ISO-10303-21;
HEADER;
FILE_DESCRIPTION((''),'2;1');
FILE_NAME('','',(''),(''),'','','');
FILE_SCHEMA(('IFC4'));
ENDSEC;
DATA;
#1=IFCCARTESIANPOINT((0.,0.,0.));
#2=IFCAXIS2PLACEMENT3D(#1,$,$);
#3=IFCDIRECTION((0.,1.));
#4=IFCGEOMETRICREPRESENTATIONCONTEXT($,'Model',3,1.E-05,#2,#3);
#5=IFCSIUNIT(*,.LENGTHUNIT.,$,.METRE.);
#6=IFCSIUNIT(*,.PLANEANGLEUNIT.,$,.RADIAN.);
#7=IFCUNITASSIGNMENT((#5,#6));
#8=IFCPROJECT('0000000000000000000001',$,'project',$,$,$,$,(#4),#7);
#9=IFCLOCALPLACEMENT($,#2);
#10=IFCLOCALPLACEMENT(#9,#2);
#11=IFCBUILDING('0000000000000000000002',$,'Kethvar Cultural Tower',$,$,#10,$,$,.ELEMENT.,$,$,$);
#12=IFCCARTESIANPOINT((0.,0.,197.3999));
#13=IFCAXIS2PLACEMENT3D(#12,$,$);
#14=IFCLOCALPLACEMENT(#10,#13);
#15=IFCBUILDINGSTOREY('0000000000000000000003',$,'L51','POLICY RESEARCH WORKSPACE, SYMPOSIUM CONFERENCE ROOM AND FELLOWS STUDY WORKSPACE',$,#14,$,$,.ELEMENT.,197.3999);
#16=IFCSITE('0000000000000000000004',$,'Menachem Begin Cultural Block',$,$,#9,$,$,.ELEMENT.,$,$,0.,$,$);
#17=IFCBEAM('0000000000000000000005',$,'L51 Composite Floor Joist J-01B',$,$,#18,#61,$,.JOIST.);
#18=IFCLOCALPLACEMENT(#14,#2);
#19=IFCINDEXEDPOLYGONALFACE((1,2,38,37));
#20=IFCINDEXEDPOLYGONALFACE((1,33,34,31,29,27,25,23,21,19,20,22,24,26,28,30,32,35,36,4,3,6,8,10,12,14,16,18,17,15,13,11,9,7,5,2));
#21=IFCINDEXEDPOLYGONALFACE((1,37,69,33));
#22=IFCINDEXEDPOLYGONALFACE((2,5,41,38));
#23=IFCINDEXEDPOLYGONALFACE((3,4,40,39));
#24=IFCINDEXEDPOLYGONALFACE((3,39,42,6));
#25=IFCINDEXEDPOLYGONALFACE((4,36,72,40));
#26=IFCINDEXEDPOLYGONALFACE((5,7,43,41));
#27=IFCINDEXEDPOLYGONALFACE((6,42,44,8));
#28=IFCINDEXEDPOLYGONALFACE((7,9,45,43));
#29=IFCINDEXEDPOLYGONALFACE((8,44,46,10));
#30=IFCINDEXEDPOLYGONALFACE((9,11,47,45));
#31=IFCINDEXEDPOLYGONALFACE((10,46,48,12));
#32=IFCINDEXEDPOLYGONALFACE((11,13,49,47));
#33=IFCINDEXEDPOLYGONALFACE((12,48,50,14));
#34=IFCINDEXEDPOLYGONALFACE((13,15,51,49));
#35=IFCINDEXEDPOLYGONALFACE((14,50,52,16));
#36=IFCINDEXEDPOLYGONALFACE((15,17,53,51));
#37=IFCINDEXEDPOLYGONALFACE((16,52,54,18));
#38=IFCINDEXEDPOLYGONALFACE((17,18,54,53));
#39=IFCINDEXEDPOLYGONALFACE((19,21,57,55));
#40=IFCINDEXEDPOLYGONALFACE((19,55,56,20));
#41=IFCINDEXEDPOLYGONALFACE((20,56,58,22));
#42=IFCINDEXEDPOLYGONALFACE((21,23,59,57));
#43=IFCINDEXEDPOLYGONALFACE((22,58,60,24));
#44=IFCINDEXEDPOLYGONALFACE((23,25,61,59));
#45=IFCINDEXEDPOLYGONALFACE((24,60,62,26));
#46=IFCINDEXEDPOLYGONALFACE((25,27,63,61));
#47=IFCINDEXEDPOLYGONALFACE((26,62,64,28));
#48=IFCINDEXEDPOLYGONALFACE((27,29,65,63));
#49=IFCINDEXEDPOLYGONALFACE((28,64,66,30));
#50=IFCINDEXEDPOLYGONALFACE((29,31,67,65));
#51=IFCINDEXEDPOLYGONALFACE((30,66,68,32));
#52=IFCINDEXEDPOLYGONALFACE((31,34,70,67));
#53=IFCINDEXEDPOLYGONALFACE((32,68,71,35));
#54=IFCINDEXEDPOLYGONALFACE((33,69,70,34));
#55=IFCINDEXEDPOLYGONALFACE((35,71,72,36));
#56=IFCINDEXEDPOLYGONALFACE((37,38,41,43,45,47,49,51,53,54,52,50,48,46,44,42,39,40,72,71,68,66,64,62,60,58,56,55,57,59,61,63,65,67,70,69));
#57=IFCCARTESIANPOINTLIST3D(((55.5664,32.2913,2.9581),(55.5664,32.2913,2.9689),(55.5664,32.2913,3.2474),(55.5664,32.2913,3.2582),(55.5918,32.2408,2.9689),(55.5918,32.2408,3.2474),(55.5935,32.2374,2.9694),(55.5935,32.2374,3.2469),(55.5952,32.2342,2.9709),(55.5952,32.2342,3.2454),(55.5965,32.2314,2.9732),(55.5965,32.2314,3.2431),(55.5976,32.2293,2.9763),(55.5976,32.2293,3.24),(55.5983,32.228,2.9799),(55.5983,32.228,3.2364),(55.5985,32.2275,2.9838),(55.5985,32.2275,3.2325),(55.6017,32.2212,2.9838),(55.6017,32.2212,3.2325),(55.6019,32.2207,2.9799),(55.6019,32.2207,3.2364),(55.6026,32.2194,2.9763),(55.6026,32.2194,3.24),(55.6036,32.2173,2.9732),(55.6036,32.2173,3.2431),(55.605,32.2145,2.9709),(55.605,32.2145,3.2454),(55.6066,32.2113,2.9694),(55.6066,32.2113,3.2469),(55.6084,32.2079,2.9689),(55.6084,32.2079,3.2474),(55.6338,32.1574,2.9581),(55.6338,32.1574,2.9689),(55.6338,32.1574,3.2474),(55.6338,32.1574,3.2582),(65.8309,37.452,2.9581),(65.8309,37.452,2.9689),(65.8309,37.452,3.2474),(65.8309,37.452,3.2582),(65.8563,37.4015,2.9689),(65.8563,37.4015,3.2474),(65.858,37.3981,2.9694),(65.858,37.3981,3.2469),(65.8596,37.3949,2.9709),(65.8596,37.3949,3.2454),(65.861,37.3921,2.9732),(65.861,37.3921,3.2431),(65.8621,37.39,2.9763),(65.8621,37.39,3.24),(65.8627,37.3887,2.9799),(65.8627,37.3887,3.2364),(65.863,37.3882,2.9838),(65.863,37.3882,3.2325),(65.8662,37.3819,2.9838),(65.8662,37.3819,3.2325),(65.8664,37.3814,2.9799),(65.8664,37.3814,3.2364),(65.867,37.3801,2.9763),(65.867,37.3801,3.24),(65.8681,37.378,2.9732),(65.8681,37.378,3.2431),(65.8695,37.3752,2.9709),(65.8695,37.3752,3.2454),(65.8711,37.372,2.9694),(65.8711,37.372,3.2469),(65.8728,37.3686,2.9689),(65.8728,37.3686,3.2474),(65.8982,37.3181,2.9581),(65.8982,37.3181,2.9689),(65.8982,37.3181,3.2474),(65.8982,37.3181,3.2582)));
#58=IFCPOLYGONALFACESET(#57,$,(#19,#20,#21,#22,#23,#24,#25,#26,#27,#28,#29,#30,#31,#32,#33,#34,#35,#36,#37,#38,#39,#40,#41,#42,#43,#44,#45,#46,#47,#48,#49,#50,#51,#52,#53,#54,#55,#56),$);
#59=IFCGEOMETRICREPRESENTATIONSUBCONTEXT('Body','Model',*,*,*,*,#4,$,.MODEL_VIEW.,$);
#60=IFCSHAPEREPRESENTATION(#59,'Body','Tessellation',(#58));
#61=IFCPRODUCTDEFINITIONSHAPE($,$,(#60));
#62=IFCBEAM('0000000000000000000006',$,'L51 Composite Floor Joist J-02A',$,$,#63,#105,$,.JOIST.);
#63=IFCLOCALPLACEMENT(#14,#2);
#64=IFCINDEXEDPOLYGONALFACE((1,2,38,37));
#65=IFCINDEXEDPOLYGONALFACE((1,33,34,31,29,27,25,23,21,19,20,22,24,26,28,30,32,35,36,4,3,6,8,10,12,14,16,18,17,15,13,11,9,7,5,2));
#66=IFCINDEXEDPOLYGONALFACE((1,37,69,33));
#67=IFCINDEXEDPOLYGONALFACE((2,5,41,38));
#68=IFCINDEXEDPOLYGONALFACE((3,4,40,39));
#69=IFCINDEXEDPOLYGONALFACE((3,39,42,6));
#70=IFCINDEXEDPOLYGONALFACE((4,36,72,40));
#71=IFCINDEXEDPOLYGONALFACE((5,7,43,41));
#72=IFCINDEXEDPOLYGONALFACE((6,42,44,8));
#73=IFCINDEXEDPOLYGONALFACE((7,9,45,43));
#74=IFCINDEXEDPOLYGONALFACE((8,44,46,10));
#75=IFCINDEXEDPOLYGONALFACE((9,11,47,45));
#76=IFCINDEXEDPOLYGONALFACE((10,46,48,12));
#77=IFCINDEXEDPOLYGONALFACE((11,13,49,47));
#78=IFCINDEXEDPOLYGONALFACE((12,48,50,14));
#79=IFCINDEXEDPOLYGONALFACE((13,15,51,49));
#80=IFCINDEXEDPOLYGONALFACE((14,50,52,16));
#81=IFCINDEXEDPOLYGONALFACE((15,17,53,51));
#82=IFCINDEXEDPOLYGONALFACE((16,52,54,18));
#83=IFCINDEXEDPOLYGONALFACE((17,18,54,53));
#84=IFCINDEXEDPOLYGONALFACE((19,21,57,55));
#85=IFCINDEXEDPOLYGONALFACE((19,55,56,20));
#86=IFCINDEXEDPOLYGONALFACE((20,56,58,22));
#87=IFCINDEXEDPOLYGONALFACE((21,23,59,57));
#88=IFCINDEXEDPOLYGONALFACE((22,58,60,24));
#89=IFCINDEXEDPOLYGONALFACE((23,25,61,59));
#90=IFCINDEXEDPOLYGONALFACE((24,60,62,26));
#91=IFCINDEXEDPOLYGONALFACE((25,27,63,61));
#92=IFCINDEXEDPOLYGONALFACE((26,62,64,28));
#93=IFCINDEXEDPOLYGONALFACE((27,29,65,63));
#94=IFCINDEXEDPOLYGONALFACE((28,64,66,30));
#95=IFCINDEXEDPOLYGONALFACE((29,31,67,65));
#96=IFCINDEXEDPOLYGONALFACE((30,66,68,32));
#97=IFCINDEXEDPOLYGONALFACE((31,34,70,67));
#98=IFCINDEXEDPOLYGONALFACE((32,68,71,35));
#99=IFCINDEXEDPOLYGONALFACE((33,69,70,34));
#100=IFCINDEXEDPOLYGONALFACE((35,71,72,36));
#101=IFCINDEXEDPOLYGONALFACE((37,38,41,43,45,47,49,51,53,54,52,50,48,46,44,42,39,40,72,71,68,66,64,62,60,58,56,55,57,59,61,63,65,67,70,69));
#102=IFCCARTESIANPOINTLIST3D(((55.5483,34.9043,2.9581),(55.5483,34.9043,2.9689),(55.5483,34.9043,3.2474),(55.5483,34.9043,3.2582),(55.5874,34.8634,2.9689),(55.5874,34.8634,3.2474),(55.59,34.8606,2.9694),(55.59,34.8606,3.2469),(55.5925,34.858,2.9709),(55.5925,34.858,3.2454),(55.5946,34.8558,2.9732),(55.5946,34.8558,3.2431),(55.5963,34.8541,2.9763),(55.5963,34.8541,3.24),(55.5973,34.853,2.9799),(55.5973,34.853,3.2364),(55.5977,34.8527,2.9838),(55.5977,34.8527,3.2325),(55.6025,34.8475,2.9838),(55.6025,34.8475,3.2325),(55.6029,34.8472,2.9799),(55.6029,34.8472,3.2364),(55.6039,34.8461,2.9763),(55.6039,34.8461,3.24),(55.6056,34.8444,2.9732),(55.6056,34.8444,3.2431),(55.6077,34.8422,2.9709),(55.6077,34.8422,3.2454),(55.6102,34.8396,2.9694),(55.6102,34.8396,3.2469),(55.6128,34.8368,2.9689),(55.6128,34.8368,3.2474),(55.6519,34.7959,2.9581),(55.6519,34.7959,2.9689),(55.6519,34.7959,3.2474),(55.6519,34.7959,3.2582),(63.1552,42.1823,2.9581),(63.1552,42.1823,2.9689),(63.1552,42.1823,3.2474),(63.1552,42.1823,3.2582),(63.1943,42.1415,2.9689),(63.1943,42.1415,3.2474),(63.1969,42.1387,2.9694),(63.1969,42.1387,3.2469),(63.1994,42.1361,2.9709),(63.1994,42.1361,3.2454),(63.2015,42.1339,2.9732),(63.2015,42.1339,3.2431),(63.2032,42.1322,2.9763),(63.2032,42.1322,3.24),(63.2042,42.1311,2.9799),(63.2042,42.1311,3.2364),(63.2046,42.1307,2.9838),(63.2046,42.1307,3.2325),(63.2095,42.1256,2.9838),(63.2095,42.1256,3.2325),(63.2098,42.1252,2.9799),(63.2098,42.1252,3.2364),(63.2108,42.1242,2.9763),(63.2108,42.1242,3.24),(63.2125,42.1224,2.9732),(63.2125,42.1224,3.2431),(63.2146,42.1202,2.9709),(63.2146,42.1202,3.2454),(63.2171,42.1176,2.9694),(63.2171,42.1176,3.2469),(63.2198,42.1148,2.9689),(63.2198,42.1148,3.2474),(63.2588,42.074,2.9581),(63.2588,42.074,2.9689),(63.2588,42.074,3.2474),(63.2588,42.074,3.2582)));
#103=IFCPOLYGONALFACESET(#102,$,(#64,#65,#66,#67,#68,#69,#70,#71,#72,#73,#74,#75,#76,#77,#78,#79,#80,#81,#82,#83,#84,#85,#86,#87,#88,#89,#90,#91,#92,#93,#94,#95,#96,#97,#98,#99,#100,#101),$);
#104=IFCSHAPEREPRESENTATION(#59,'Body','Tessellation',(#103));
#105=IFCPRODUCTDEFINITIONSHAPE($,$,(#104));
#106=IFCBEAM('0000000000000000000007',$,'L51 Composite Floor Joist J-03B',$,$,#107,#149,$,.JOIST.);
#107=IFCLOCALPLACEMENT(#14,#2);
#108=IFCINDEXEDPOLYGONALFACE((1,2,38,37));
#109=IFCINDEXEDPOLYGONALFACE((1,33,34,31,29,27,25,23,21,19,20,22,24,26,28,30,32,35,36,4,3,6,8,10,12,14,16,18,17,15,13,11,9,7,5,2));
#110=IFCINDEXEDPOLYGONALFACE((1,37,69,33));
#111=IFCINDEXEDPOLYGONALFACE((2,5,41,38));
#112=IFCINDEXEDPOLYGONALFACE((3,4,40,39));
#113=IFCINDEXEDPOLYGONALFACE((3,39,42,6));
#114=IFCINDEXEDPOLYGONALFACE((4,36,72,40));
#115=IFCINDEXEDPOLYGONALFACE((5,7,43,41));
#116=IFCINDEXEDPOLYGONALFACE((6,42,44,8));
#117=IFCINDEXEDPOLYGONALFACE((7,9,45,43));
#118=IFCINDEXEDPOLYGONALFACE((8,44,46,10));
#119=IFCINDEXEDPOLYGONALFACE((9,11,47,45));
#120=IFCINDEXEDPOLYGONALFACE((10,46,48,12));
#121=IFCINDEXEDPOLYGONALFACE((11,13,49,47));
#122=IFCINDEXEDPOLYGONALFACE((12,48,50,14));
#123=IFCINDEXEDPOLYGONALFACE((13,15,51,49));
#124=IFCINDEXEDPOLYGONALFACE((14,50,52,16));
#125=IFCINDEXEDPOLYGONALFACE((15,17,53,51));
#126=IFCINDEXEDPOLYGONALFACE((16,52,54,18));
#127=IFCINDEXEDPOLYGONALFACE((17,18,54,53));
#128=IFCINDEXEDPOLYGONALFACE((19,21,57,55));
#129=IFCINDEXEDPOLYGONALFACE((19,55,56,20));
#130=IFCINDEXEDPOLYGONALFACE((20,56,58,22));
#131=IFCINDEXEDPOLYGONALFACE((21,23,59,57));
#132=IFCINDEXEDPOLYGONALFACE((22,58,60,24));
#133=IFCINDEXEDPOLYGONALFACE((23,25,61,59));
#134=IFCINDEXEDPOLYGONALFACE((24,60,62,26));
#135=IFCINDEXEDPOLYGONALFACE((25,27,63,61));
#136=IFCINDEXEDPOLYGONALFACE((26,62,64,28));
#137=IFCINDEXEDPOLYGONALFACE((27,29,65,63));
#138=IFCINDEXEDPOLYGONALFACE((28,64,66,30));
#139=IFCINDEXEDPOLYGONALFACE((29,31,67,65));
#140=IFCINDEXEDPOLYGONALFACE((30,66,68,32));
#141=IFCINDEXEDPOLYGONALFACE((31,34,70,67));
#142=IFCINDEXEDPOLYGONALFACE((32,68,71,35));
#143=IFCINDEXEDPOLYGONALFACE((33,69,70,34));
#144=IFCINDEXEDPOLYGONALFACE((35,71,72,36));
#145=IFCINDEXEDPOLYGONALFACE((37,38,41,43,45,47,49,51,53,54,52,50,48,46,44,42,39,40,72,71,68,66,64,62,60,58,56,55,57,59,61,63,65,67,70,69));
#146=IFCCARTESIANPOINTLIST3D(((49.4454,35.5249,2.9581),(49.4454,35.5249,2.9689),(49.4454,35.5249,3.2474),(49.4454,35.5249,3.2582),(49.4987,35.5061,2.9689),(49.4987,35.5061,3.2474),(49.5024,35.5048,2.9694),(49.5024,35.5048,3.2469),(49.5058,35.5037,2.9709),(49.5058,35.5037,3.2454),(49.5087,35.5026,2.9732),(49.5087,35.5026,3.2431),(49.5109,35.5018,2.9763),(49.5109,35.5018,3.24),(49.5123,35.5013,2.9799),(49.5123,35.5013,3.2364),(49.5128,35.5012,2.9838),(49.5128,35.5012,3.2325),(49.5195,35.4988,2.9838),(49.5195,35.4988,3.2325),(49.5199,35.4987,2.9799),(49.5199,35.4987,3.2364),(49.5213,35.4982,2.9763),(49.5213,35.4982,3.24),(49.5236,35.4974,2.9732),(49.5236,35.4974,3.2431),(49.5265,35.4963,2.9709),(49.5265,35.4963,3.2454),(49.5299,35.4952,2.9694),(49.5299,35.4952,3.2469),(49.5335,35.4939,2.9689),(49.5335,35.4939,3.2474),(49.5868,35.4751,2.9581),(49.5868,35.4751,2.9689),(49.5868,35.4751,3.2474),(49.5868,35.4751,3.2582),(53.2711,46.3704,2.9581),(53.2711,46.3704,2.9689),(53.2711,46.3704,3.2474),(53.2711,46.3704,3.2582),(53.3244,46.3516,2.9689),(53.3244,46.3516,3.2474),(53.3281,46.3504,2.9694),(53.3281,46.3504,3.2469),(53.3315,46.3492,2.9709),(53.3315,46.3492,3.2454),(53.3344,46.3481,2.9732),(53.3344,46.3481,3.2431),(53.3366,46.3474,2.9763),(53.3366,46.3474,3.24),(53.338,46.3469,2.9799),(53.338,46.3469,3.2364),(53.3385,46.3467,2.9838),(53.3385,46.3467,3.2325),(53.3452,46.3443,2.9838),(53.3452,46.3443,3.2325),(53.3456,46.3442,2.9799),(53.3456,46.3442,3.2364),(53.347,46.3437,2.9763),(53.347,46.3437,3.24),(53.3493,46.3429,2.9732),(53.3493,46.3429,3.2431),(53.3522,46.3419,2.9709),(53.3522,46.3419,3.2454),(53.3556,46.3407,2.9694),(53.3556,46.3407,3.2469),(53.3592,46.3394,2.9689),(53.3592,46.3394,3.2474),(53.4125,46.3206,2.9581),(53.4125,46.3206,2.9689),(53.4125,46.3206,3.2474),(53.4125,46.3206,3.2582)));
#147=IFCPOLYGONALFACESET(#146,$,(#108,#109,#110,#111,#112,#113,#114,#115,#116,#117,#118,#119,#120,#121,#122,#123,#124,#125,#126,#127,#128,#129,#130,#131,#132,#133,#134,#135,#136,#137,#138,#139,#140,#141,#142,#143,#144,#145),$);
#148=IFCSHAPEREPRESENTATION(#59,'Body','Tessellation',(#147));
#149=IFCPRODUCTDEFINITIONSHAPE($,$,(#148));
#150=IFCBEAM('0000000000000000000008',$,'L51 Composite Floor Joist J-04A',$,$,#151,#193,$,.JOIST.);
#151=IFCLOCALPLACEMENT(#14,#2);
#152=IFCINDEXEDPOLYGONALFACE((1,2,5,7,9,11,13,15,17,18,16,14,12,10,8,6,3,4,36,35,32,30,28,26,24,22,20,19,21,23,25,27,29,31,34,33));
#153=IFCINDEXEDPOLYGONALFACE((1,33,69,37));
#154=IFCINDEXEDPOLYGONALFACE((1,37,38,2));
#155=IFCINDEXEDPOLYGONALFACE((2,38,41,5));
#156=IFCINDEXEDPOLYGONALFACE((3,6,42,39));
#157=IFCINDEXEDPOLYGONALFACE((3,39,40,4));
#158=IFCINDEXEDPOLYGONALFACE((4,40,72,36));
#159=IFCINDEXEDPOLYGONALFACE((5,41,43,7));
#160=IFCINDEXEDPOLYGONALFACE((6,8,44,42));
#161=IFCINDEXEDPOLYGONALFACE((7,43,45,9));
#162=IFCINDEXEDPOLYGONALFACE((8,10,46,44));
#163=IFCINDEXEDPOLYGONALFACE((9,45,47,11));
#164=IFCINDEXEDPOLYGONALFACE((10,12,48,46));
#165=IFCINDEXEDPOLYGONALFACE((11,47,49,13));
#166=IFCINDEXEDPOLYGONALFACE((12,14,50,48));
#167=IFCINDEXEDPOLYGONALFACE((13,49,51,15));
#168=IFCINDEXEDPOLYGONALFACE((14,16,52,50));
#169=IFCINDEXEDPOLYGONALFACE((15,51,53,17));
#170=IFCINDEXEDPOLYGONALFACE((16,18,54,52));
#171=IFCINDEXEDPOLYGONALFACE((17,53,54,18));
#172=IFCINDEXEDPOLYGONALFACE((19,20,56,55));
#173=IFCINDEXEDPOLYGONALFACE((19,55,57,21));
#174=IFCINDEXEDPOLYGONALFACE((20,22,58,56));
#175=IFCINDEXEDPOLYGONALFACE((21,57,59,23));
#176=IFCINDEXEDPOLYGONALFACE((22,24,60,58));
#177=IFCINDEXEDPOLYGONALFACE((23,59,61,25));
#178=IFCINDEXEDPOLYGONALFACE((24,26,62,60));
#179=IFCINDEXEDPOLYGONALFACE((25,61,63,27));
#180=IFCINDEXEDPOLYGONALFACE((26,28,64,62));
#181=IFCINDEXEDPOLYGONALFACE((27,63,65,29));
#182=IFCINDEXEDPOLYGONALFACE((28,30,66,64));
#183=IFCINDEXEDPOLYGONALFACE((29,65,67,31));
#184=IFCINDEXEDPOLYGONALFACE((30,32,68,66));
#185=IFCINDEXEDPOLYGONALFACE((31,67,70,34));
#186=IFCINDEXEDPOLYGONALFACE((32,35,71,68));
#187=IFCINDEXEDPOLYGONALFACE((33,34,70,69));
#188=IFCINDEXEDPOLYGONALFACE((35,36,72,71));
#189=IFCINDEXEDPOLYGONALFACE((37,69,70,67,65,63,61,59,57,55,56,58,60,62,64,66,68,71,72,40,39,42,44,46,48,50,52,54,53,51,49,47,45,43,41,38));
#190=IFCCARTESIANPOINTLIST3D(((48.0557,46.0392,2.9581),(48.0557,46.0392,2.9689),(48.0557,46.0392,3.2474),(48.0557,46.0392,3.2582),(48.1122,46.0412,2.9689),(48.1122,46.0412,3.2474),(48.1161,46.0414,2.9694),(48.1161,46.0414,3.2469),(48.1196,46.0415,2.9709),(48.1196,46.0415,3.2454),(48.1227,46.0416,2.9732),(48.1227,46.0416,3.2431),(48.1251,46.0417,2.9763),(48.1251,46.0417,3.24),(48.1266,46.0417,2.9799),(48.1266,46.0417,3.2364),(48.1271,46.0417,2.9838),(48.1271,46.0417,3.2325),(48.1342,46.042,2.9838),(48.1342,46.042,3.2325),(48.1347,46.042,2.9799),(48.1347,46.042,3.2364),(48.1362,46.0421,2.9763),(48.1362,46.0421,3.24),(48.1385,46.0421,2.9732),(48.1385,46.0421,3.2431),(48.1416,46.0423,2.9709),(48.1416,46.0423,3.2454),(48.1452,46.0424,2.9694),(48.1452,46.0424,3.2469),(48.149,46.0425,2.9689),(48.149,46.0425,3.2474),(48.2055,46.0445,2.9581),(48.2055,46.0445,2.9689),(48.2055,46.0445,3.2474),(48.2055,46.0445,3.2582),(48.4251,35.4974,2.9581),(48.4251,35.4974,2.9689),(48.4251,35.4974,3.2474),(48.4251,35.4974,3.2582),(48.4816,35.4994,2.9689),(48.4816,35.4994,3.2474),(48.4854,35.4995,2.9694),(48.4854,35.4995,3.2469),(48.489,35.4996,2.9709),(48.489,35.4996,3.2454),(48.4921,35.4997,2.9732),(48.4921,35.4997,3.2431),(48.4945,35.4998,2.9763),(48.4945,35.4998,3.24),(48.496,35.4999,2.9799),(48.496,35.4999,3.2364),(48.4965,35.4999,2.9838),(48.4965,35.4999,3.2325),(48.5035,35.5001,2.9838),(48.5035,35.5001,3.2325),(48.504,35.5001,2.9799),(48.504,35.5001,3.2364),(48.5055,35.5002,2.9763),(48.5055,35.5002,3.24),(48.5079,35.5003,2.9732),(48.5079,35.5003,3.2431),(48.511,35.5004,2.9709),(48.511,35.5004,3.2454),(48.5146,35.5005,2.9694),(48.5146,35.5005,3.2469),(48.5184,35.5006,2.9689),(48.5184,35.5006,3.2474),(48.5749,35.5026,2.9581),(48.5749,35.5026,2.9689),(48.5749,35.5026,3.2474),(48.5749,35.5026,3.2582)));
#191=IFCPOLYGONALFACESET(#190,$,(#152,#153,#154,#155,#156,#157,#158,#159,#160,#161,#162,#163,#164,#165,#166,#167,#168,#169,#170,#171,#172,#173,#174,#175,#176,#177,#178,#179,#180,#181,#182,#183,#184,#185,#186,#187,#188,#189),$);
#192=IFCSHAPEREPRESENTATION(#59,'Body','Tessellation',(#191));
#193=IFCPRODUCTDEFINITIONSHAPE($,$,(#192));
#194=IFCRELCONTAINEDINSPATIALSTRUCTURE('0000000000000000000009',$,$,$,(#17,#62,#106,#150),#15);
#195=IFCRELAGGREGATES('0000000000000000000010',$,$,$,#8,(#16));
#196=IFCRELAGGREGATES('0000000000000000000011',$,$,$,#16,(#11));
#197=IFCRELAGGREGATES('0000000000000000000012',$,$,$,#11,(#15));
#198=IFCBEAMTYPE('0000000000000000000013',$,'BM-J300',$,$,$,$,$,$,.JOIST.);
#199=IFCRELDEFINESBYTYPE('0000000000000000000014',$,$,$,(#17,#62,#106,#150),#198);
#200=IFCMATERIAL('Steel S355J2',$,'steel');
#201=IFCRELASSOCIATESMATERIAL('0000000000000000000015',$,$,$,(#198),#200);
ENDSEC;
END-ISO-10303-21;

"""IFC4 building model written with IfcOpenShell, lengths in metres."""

from ifc_helpers import new_model, si_unit, direction, frame, origin, origin_2d, place, context, subcontext, project, spatial, i_section, extrude, source, transform, mapped, material, material_profile, profile_set, type_object, element, save


model = new_model("IFC4")

# Units and contexts
model_context = context("Model", 3, precision=1e-05, world=origin(), true_north=direction((0.0, 1.0)))
body_context = subcontext(model_context, "Body", "Model", "MODEL_VIEW")
ifc_project = project(units=[si_unit("LENGTHUNIT", "METRE"), si_unit("PLANEANGLEUNIT", "RADIAN")], contexts=[model_context])

# Site, building, storey
site_placement = place(None, origin())
site = spatial("IfcSite", under=ifc_project, at=site_placement, Name="Menachem Begin Cultural Block", CompositionType="ELEMENT", RefElevation=0.0)
building_placement = place(site_placement, origin())
building = spatial("IfcBuilding", under=site, at=building_placement, Name="Kethvar Cultural Tower", CompositionType="ELEMENT")
storey_placement = place(building_placement, frame((0.0, 0.0, 197.3999)))
storey = spatial("IfcBuildingStorey", under=building, at=storey_placement, Name="L51", Description="POLICY RESEARCH WORKSPACE, SYMPOSIUM CONFERENCE ROOM AND FELLOWS STUDY WORKSPACE", CompositionType="ELEMENT", Elevation=197.3999)

# Beams
ifc_material_1 = material(Name="Steel S355J2", Category="steel")
ifc_material_profile_1 = material_profile(ifc_material_1, i_section(OverallWidth=0.1499, OverallDepth=0.3, WebThickness=0.0071, FlangeThickness=0.0107, FilletRadius=0.0149, at=origin_2d()), Name="Steel S355J2 — IPE300")
ifc_profile_set_1 = profile_set([ifc_material_profile_1], Name="Steel S355J2 — IPE300")
beam_type_1 = type_object("IfcBeamType", Name="BM-J300", PredefinedType="JOIST", material=ifc_profile_set_1)
shared_shape_1 = source(origin(), body_context, "Body", "SweptSolid", [
    extrude(i_section(OverallWidth=0.1499, OverallDepth=0.3, WebThickness=0.0071, FlangeThickness=0.0107, FilletRadius=0.0149, at=origin_2d()), origin(), (0.0, 0.0, 1.0), 11.4888),
])
beam_1_placement = place(storey_placement, frame((55.6001, 32.2244, 3.1082), z_axis=(0.893435, 0.449193, 0.0), x_axis=(-0.449193, 0.893435, 0.0)))
element("IfcBeam", 1, at=beam_1_placement, inside=storey, type_object=beam_type_1, Name="L51 Composite Floor Joist J-01B", PredefinedType="JOIST", context=body_context, shape_type="MappedRepresentation", body=[
    mapped(shared_shape_1, transform((0.0, 0.0, 0.0), scale=1.0)),
])
shared_shape_2 = source(origin(), body_context, "Body", "SweptSolid", [
    extrude(i_section(OverallWidth=0.1499, OverallDepth=0.3, WebThickness=0.0071, FlangeThickness=0.0107, FilletRadius=0.0149, at=origin_2d()), origin(), (0.0, 0.0, 1.0), 10.5278),
])
beam_2_placement = place(storey_placement, frame((55.6001, 34.8501, 3.1082), z_axis=(0.722553, 0.691316, 0.0), x_axis=(-0.691316, 0.722553, 0.0)))
element("IfcBeam", 2, at=beam_2_placement, inside=storey, type_object=beam_type_1, Name="L51 Composite Floor Joist J-02A", PredefinedType="JOIST", context=body_context, shape_type="MappedRepresentation", body=[
    mapped(shared_shape_2, transform((0.0, 0.0, 0.0), scale=1.0)),
])
shared_shape_3 = source(origin(), body_context, "Body", "SweptSolid", [
    extrude(i_section(OverallWidth=0.1499, OverallDepth=0.3, WebThickness=0.0071, FlangeThickness=0.0107, FilletRadius=0.0149, at=origin_2d()), origin(), (0.0, 0.0, 1.0), 11.5005),
])
beam_3_placement = place(storey_placement, frame((49.5161, 35.5, 3.1082), z_axis=(0.332656, 0.943048, 0.0), x_axis=(-0.943048, 0.332656, 0.0)))
element("IfcBeam", 3, at=beam_3_placement, inside=storey, type_object=beam_type_1, Name="L51 Composite Floor Joist J-03B", PredefinedType="JOIST", context=body_context, shape_type="MappedRepresentation", body=[
    mapped(shared_shape_3, transform((0.0, 0.0, 0.0), scale=1.0)),
])
shared_shape_4 = source(origin(), body_context, "Body", "SweptSolid", [
    extrude(i_section(OverallWidth=0.1499, OverallDepth=0.3, WebThickness=0.0071, FlangeThickness=0.0107, FilletRadius=0.0149, at=origin_2d()), origin(), (0.0, 0.0, 1.0), 10.5483),
])
beam_4_placement = place(storey_placement, frame((48.5, 35.5, 3.1082), z_axis=(-0.035018, 0.999387, 0.0), x_axis=(-0.999387, -0.035018, 0.0)))
element("IfcBeam", 4, at=beam_4_placement, inside=storey, type_object=beam_type_1, Name="L51 Composite Floor Joist J-04A", PredefinedType="JOIST", context=body_context, shape_type="MappedRepresentation", body=[
    mapped(shared_shape_4, transform((0.0, 0.0, 0.0), scale=1.0)),
])

save(model, "model.ifc")
